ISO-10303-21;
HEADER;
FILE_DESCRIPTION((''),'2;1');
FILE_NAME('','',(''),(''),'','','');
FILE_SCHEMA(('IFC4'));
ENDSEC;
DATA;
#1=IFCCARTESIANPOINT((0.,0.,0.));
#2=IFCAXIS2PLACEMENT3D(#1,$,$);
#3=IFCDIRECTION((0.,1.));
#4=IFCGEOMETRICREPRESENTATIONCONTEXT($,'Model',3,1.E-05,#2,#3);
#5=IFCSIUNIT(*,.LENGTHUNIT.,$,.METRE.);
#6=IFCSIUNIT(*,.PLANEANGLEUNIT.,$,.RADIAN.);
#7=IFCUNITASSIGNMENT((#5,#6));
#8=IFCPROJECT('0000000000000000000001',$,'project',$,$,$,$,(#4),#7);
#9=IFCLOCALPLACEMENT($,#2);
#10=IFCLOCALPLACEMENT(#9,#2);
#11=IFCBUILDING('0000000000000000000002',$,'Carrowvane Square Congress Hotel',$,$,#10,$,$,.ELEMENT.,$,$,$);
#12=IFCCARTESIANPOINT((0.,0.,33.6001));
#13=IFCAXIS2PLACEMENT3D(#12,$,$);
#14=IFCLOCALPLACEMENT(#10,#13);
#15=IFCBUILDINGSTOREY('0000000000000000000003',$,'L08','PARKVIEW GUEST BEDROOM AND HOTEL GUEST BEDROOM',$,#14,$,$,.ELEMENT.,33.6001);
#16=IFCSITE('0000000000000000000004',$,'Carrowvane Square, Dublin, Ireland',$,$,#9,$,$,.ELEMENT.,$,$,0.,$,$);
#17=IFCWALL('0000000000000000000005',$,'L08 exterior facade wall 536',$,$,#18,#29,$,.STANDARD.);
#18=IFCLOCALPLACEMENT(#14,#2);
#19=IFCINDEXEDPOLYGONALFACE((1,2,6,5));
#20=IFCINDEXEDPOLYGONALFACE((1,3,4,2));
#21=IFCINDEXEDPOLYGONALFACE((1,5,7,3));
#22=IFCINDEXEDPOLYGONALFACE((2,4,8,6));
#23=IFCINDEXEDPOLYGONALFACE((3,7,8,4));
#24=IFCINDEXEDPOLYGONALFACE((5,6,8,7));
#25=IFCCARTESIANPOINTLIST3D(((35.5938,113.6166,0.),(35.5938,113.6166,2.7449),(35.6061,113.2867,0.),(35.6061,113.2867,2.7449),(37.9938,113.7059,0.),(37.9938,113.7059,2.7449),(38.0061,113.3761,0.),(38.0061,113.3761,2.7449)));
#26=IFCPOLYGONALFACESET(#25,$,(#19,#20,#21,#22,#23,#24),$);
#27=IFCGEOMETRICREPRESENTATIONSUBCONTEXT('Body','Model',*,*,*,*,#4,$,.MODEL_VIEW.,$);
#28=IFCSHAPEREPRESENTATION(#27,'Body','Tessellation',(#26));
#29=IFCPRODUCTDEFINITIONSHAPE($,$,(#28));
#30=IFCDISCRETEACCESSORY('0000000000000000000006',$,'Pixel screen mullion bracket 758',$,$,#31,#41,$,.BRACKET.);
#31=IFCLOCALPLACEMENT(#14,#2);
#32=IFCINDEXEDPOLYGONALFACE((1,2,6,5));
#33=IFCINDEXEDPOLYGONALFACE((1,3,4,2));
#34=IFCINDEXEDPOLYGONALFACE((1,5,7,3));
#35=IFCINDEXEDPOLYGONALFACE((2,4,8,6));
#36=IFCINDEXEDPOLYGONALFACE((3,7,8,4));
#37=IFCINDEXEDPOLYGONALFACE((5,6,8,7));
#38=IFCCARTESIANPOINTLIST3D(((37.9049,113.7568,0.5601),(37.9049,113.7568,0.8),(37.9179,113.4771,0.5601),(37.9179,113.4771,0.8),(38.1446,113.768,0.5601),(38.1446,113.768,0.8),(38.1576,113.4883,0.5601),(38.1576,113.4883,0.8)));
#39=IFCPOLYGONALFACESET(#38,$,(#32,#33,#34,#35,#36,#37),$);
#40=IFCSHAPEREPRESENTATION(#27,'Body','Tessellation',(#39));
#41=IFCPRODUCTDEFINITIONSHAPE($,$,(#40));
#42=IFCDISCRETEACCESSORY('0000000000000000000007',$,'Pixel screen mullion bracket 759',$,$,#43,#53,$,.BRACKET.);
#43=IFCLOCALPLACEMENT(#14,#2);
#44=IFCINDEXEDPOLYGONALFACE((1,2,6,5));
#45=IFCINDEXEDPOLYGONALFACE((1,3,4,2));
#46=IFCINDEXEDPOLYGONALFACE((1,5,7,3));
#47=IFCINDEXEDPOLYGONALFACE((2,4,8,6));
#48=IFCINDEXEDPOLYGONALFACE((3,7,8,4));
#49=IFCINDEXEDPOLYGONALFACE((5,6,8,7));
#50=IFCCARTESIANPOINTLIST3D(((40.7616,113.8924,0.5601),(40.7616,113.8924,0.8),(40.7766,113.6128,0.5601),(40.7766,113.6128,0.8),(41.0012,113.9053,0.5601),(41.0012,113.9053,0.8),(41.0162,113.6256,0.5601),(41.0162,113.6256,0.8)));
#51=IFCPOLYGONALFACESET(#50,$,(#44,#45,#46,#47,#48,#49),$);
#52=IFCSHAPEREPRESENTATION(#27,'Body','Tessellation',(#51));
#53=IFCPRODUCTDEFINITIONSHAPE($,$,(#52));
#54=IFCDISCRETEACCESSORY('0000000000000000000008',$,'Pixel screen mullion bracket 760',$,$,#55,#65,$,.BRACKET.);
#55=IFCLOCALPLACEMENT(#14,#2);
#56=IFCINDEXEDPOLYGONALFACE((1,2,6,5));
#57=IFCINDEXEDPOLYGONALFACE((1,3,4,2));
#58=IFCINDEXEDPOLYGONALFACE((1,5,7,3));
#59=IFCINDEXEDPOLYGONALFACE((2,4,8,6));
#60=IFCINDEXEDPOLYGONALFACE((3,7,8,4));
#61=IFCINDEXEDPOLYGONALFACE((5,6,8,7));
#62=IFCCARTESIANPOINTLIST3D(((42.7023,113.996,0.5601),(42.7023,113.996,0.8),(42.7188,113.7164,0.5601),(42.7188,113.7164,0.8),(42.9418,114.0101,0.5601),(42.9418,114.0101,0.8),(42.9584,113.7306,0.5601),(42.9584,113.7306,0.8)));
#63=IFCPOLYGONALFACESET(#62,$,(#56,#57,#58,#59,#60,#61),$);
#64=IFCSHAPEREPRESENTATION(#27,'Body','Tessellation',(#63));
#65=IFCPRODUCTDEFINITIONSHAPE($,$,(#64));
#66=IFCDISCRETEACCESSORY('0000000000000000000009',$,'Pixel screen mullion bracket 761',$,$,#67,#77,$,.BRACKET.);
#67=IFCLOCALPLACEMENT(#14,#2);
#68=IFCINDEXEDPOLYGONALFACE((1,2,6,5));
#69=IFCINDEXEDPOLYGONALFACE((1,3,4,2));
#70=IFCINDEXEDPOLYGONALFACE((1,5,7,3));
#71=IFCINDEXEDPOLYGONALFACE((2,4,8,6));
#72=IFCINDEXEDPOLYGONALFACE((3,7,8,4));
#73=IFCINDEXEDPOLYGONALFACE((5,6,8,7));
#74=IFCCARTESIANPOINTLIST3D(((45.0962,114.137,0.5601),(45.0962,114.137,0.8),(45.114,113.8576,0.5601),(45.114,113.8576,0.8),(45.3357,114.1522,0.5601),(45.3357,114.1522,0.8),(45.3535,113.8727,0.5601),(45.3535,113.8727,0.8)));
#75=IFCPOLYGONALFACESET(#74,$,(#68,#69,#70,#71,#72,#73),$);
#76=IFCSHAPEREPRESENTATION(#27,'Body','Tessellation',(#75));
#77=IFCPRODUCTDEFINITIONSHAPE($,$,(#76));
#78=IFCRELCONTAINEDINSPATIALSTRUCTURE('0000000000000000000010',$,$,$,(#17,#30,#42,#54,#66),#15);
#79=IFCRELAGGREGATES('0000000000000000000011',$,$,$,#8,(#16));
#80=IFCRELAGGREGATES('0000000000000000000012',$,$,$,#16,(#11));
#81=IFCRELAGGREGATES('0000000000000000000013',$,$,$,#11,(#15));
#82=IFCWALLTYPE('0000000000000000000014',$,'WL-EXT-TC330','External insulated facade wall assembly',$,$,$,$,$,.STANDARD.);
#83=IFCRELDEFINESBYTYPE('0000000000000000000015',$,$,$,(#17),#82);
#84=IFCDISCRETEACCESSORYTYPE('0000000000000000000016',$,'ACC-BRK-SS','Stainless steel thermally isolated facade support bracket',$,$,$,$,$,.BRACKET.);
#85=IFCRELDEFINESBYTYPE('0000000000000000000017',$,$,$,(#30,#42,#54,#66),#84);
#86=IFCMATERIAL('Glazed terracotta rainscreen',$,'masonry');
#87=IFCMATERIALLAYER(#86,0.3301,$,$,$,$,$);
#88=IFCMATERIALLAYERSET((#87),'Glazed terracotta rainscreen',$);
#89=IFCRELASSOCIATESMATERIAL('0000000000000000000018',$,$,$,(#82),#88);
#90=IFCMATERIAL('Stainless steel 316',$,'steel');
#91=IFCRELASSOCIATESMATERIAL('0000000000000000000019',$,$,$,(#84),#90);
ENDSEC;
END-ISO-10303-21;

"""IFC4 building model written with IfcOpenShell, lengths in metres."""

from ifc_helpers import new_model, si_unit, direction, frame, frame_2d, origin, origin_2d, place, context, subcontext, project, spatial, rectangle, extrude, material, layer, layer_set, type_object, element, save


model = new_model("IFC4")

# Units and contexts
model_context = context("Model", 3, precision=1e-05, world=origin(), true_north=direction((0.0, 1.0)))
body_context = subcontext(model_context, "Body", "Model", "MODEL_VIEW")
ifc_project = project(units=[si_unit("LENGTHUNIT", "METRE"), si_unit("PLANEANGLEUNIT", "RADIAN")], contexts=[model_context])

# Site, building, storey
site_placement = place(None, origin())
site = spatial("IfcSite", under=ifc_project, at=site_placement, Name="Carrowvane Square, Dublin, Ireland", CompositionType="ELEMENT", RefElevation=0.0)
building_placement = place(site_placement, origin())
building = spatial("IfcBuilding", under=site, at=building_placement, Name="Carrowvane Square Congress Hotel", CompositionType="ELEMENT")
storey_placement = place(building_placement, frame((0.0, 0.0, 33.6001)))
storey = spatial("IfcBuildingStorey", under=building, at=storey_placement, Name="L08", Description="PARKVIEW GUEST BEDROOM AND HOTEL GUEST BEDROOM", CompositionType="ELEMENT", Elevation=33.6001)

# Wall
ifc_material_1 = material(Name="Glazed terracotta rainscreen", Category="masonry")
ifc_layer_1 = layer(ifc_material_1, 0.3301)
ifc_layer_set_1 = layer_set([ifc_layer_1], Name="Glazed terracotta rainscreen")
wall_type = type_object("IfcWallType", Name="WL-EXT-TC330", Description="External insulated facade wall assembly", PredefinedType="STANDARD", material=ifc_layer_set_1)
wall_placement = place(storey_placement, frame((35.6001, 113.4517, 0.0), z_axis=(0.0, 0.0, 1.0), x_axis=(0.999308, 0.037207, 0.0)))
element("IfcWall", 1, at=wall_placement, inside=storey, type_object=wall_type, Name="L08 exterior facade wall 536", PredefinedType="STANDARD", context=body_context, shape_type="SweptSolid", body=[
    extrude(rectangle(XDim=2.4016, YDim=0.3301, at=frame_2d((1.2007, 0.0))), origin(), (0.0, 0.0, 1.0), 2.7449),
])

# Discrete accessories
ifc_material_2 = material(Name="Stainless steel 316", Category="steel")
discrete_accessory_type = type_object("IfcDiscreteAccessoryType", Name="ACC-BRK-SS", Description="Stainless steel thermally isolated facade support bracket", PredefinedType="BRACKET", material=ifc_material_2)
for number, where, z_axis, x_axis, name in (
    (2, (38.0312, 113.6226, 0.5601), (0.0, 0.0, 1.0), (0.998917, 0.046521, 0.0), "Pixel screen mullion bracket 758"),
    (3, (40.8889, 113.759, 0.5601), (0.0, 0.0, 1.0), (0.998567, 0.053517, 0.0), "Pixel screen mullion bracket 759"),
    (4, (42.8303, 113.8633, 0.5601), (0.0, 0.0, 1.0), (0.998259, 0.058985, 0.0), "Pixel screen mullion bracket 760"),
    (5, (45.2249, 114.0049, 0.5601), (0.0, 0.0, 1.0), (0.997996, 0.063277, 0.0), "Pixel screen mullion bracket 761"),
):
    element("IfcDiscreteAccessory", number, at=place(storey_placement, frame(where, z_axis=z_axis, x_axis=x_axis)), inside=storey, type_object=discrete_accessory_type, Name=name, PredefinedType="BRACKET", context=body_context, shape_type="SweptSolid", body=[
        extrude(rectangle(XDim=0.24, YDim=0.28, at=origin_2d()), origin(), (0.0, 0.0, 1.0), 0.24),
    ])

save(model, "model.ifc")
